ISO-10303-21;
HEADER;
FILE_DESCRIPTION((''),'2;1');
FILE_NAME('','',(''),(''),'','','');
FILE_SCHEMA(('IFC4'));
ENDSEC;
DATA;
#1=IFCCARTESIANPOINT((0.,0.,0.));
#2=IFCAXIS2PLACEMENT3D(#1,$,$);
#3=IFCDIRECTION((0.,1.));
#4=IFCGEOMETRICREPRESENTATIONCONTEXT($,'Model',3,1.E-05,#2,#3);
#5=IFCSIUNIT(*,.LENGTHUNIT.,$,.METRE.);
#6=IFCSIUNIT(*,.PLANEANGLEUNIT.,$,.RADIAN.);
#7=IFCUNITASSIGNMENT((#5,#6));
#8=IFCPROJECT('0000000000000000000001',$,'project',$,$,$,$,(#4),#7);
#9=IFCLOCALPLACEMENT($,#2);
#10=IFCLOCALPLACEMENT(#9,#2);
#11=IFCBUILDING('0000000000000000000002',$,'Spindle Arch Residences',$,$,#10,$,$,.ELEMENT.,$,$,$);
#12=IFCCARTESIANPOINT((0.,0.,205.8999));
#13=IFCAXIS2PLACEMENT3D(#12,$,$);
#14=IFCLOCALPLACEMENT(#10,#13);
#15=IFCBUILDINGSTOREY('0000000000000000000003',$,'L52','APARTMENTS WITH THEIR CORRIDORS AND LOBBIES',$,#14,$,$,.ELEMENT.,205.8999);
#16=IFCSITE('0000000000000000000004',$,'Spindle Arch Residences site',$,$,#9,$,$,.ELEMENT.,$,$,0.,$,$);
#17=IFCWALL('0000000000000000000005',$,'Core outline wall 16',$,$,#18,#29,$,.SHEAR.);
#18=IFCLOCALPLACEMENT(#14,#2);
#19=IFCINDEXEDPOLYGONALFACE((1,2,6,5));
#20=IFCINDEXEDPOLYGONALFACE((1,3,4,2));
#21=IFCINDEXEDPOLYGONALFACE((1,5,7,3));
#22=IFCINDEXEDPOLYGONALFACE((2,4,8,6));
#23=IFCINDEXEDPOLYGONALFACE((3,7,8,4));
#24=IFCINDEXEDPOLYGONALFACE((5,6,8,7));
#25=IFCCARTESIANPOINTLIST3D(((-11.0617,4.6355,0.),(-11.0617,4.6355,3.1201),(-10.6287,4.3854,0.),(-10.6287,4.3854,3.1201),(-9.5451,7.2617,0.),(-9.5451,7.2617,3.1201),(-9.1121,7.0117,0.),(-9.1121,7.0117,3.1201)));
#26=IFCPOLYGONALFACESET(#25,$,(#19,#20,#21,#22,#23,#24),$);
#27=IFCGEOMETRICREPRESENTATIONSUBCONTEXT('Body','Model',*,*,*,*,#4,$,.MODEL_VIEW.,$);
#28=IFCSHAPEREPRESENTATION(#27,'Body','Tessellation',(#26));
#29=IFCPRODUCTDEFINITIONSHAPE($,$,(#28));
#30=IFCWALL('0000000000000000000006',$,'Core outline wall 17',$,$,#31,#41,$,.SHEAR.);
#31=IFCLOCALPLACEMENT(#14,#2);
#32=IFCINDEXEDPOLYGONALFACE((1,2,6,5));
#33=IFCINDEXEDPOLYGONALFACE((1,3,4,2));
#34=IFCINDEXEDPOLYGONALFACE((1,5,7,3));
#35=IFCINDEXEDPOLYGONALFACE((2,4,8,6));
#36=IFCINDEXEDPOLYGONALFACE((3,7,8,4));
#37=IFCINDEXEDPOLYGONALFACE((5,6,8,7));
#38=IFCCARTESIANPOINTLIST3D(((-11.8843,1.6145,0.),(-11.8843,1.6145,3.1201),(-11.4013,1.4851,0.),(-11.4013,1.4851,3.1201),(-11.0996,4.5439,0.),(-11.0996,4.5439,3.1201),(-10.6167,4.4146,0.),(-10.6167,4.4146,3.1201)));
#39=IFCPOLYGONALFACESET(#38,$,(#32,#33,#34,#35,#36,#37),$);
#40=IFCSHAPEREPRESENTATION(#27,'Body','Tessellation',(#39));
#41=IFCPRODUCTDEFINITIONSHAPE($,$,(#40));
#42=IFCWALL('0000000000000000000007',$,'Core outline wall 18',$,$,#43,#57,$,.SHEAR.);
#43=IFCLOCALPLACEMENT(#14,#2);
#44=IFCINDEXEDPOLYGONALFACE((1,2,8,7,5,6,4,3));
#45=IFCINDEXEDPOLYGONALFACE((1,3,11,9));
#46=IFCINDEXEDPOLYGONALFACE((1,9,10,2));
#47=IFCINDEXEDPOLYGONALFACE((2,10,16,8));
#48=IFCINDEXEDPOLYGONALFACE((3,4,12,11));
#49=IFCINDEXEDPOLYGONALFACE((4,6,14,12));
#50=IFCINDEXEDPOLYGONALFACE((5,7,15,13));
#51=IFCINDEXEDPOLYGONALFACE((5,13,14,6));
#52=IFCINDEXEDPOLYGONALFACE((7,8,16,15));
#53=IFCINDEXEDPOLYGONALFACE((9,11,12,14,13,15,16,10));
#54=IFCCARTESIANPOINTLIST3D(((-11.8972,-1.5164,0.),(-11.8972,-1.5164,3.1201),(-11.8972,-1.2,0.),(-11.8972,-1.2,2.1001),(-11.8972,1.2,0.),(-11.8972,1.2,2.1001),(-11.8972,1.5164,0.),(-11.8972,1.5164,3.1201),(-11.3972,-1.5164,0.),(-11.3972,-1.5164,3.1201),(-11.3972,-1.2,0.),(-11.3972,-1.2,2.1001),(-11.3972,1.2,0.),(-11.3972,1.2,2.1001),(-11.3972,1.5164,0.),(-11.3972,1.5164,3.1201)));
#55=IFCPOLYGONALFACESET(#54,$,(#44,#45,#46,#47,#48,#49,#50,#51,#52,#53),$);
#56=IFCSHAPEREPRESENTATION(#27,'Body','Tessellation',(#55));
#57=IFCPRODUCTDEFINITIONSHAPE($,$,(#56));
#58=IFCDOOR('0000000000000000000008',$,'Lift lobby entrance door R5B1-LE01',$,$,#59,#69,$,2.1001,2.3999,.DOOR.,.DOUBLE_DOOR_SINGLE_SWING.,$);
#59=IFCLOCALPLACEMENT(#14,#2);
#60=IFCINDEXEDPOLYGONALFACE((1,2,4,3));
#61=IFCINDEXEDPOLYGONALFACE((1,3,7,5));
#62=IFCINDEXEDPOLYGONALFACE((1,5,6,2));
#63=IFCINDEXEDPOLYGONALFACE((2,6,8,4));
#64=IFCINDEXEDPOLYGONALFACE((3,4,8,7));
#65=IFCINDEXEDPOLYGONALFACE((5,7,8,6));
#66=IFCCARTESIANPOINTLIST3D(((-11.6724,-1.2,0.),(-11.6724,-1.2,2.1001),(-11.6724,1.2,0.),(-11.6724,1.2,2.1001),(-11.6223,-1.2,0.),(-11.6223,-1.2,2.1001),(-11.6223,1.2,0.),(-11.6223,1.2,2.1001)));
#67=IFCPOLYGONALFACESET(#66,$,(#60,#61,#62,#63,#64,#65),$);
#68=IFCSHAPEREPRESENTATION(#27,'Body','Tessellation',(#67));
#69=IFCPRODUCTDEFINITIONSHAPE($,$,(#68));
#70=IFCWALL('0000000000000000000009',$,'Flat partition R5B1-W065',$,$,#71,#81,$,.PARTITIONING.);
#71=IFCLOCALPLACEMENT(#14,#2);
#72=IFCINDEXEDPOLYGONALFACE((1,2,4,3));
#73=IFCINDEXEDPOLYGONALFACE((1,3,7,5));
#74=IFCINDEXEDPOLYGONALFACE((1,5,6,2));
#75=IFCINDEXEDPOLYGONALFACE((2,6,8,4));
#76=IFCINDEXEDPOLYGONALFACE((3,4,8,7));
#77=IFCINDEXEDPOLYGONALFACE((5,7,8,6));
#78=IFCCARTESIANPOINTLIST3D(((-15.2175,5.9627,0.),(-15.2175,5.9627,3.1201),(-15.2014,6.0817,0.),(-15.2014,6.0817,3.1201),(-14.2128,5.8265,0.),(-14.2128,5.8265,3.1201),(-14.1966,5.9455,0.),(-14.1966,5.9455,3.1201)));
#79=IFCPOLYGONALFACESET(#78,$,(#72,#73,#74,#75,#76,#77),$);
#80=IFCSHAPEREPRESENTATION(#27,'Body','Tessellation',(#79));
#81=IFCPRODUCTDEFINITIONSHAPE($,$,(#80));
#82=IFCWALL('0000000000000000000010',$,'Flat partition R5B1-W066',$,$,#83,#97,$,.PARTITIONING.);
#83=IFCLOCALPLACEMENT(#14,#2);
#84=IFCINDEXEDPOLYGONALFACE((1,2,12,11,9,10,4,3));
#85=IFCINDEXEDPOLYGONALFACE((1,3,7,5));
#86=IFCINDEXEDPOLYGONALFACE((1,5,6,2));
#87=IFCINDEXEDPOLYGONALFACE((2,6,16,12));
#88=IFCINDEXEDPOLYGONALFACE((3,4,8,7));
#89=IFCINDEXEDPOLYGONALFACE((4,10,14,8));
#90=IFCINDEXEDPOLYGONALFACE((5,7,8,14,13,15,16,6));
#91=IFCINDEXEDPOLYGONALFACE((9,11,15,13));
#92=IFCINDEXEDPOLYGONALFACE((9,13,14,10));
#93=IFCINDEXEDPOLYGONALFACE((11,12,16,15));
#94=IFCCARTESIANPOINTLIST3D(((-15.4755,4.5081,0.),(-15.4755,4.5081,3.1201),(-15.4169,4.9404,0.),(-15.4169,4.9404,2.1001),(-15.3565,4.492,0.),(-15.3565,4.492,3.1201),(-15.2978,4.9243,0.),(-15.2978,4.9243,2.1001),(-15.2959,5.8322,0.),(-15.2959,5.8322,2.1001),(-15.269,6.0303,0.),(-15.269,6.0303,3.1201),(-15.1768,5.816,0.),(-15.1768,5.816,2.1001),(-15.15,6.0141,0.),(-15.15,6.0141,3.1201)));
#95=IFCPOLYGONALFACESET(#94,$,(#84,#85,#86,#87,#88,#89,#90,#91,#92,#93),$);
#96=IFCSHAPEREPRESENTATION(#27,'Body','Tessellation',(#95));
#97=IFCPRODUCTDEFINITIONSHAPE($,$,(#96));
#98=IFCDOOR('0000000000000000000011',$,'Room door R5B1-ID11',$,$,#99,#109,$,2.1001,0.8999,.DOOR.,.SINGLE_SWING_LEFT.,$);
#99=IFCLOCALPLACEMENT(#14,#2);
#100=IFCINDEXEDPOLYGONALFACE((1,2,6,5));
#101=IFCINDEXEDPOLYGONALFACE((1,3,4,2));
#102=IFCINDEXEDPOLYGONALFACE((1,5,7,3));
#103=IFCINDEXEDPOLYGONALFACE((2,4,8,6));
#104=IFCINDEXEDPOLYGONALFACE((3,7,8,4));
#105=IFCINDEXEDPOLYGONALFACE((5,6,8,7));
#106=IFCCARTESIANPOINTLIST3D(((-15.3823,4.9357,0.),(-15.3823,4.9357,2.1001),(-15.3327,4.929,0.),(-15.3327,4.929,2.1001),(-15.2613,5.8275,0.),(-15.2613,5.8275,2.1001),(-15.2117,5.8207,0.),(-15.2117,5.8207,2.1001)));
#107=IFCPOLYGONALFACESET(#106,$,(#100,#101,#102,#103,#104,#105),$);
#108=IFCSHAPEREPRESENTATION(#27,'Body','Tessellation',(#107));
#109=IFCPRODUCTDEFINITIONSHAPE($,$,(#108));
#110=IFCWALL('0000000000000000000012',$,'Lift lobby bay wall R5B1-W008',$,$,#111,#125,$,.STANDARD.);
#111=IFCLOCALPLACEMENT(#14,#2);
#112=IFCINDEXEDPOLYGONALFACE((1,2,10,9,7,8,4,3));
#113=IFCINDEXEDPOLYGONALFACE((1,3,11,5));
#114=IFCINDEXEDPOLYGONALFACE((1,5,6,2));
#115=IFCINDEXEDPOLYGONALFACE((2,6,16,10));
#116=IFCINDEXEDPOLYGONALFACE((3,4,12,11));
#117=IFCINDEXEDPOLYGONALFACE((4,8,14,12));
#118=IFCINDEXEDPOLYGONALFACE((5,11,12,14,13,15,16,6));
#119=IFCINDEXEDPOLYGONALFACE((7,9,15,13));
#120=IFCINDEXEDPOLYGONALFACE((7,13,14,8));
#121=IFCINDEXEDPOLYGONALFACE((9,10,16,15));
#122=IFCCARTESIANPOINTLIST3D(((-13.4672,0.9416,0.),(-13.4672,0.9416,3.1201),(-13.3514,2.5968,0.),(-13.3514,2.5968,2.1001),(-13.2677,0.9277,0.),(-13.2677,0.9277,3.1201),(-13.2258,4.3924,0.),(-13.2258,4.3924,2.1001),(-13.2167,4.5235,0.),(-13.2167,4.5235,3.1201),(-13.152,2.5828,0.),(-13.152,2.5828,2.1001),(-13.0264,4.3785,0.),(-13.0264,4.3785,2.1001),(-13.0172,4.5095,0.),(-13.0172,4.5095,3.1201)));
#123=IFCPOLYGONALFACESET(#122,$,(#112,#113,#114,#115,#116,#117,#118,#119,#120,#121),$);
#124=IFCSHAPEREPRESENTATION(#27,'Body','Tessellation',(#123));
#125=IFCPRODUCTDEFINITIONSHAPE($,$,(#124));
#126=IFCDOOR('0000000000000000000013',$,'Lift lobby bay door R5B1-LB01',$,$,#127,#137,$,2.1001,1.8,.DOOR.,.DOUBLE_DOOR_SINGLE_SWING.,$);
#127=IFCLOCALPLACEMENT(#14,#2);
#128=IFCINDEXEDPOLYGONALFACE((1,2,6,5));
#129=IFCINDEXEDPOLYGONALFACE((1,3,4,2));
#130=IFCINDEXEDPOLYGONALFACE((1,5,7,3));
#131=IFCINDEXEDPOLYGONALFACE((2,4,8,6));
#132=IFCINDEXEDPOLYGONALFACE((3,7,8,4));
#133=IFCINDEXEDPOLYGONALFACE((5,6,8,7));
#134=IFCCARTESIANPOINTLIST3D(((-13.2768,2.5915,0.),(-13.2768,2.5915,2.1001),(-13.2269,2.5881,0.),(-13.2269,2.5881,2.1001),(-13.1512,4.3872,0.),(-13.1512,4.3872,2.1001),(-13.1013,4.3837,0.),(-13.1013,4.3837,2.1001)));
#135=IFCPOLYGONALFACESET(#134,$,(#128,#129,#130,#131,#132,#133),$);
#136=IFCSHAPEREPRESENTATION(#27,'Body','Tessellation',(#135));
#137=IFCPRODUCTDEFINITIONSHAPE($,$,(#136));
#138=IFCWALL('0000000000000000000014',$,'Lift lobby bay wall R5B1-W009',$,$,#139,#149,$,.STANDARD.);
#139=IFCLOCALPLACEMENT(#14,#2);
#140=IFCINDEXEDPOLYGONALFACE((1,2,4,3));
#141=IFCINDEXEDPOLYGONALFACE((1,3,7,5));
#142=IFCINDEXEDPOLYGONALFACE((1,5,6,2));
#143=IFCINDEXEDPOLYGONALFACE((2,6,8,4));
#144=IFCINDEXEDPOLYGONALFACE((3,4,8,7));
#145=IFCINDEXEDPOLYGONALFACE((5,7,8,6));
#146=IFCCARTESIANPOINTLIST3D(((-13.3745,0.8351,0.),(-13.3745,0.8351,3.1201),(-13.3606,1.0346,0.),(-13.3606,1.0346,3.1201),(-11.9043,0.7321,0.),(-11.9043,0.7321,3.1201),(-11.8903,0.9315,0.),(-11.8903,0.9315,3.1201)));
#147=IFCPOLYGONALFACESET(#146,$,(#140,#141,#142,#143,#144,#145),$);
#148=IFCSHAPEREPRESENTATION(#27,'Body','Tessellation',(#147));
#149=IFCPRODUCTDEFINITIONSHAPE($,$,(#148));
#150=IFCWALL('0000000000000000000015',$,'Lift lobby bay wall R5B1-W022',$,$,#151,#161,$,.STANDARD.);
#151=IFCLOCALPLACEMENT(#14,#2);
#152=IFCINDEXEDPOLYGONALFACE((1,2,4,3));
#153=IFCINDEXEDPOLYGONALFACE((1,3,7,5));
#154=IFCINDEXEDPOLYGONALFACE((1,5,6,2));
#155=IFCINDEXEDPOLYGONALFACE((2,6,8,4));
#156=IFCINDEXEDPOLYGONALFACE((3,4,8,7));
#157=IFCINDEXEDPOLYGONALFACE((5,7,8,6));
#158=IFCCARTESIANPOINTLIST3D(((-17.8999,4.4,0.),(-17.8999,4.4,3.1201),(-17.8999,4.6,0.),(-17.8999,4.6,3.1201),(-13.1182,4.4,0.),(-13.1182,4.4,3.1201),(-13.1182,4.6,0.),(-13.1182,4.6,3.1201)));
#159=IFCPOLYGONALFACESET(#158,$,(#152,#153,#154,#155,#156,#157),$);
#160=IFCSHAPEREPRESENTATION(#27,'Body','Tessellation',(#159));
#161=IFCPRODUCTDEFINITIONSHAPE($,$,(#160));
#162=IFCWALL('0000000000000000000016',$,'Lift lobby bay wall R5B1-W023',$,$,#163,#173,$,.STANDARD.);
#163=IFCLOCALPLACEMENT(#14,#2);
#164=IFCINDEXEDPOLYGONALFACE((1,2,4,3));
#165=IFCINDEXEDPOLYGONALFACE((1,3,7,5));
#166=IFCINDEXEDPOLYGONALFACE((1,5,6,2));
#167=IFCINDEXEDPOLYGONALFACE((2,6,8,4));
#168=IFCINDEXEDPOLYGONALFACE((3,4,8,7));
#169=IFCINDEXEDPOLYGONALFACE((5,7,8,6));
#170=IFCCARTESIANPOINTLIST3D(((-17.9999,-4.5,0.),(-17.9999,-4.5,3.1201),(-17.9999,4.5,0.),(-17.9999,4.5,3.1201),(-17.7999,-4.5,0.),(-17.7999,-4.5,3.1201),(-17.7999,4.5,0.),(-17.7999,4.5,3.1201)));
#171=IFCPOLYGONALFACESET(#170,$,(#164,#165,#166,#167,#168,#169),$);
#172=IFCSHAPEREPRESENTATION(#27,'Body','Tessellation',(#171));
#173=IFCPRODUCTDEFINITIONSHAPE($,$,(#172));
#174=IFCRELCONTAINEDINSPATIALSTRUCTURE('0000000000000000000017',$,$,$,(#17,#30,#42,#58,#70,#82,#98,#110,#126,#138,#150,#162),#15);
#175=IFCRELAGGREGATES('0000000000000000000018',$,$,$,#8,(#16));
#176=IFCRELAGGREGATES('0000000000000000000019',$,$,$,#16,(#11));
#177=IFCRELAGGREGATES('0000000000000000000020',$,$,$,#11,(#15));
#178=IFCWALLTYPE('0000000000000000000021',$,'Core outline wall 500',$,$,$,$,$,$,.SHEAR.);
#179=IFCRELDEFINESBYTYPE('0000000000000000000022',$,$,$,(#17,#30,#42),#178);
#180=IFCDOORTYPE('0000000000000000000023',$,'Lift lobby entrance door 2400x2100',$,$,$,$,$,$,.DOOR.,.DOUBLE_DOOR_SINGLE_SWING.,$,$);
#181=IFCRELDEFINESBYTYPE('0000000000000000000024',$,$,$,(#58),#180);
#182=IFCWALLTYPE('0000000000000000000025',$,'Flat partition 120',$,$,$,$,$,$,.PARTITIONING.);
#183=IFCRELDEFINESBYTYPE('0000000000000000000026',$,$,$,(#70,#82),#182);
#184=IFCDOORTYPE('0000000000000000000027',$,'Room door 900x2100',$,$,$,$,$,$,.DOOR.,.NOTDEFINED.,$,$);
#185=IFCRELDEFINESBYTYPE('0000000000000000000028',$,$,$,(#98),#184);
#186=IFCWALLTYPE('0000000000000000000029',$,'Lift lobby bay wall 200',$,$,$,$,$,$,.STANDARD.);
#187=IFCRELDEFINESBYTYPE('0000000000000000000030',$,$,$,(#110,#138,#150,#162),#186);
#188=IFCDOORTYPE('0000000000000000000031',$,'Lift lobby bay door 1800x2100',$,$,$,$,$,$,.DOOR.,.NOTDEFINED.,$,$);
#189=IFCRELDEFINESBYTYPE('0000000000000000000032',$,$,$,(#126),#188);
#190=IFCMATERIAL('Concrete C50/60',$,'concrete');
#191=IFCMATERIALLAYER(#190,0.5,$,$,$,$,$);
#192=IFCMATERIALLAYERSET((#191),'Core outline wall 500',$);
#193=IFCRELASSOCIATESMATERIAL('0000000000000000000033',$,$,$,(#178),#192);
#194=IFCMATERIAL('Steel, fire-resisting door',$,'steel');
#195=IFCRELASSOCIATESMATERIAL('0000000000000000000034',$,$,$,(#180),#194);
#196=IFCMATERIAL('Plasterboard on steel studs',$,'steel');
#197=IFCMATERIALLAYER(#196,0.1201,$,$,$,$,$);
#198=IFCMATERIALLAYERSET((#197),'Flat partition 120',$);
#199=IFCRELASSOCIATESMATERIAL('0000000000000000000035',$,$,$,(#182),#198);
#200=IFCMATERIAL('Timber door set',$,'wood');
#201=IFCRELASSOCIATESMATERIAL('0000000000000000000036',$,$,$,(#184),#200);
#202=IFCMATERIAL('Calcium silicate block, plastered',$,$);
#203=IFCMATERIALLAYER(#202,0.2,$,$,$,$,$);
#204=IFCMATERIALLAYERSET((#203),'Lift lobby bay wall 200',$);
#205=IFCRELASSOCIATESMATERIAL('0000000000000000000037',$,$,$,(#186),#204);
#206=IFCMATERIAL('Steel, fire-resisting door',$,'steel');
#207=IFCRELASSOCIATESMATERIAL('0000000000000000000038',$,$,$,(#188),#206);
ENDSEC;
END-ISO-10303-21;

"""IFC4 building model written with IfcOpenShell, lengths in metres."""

from ifc_helpers import new_model, si_unit, direction, frame, frame_2d, origin, place, context, subcontext, project, spatial, rectangle, extrude, material, layer, layer_set, type_object, element, fill, save


model = new_model("IFC4")

# Units and contexts
model_context = context("Model", 3, precision=1e-05, world=origin(), true_north=direction((0.0, 1.0)))
body_context = subcontext(model_context, "Body", "Model", "MODEL_VIEW")
ifc_project = project(units=[si_unit("LENGTHUNIT", "METRE"), si_unit("PLANEANGLEUNIT", "RADIAN")], contexts=[model_context])

# Site, building, storey
site_placement = place(None, origin())
site = spatial("IfcSite", under=ifc_project, at=site_placement, Name="Spindle Arch Residences site", CompositionType="ELEMENT", RefElevation=0.0)
building_placement = place(site_placement, origin())
building = spatial("IfcBuilding", under=site, at=building_placement, Name="Spindle Arch Residences", CompositionType="ELEMENT")
storey_placement = place(building_placement, frame((0.0, 0.0, 205.8999)))
storey = spatial("IfcBuildingStorey", under=building, at=storey_placement, Name="L52", Description="APARTMENTS WITH THEIR CORRIDORS AND LOBBIES", CompositionType="ELEMENT", Elevation=205.8999)

# Walls
ifc_material_1 = material(Name="Concrete C50/60", Category="concrete")
ifc_layer_1 = layer(ifc_material_1, 0.5)
ifc_layer_set_1 = layer_set([ifc_layer_1], Name="Core outline wall 500")
wall_type_1 = type_object("IfcWallType", Name="Core outline wall 500", PredefinedType="SHEAR", material=ifc_layer_set_1)
for number, where, z_axis, x_axis, name in (
    (1, (-9.3286, 7.1367, 0.0), (0.0, 0.0, 1.0), (-0.500087, -0.865975, 0.0), "Core outline wall 16"),
    (2, (-10.8582, 4.4792, 0.0), (0.0, 0.0, 1.0), (-0.258735, -0.965948, 0.0), "Core outline wall 17"),
):
    element("IfcWall", number, at=place(storey_placement, frame(where, z_axis=z_axis, x_axis=x_axis)), inside=storey, type_object=wall_type_1, Name=name, PredefinedType="SHEAR", context=body_context, shape_type="SweptSolid", body=[
        extrude(rectangle(XDim=3.0327, YDim=0.5, at=frame_2d((1.5164, 0.0))), origin(), (0.0, 0.0, 1.0), 3.1201),
    ])

# Wall, opening, door
wall_1_placement = place(storey_placement, frame((-11.6472, 1.5164, 0.0), z_axis=(0.0, 0.0, 1.0), x_axis=(0.0, -1.0, 0.0)))
wall_1 = element("IfcWall", 3, at=wall_1_placement, inside=storey, type_object=wall_type_1, Name="Core outline wall 18", PredefinedType="SHEAR", context=body_context, shape_type="SweptSolid", body=[
    extrude(rectangle(XDim=3.0327, YDim=0.5, at=frame_2d((1.5164, 0.0))), origin(), (0.0, 0.0, 1.0), 3.1201),
])
opening_1_placement = place(wall_1_placement, frame((0.3164, 0.0, 0.0)))
opening_1 = element("IfcOpeningElement", 4, at=opening_1_placement, cuts=wall_1, PredefinedType="OPENING", context=body_context, shape_type="SweptSolid", body=[
    extrude(rectangle(XDim=2.3999, YDim=2.1001, at=frame_2d((1.2, 1.05))), frame((0.0, 0.26, 0.0), z_axis=(0.0, -1.0, 0.0), x_axis=(1.0, 0.0, 0.0)), (0.0, 0.0, 1.0), 0.52),
])
ifc_material_2 = material(Name="Steel, fire-resisting door", Category="steel")
door_type_1 = type_object("IfcDoorType", Name="Lift lobby entrance door 2400x2100", OperationType="DOUBLE_DOOR_SINGLE_SWING", PredefinedType="DOOR", material=ifc_material_2)
door_1_placement = place(opening_1_placement, origin())
door_1 = element("IfcDoor", 5, at=door_1_placement, inside=storey, type_object=door_type_1, Name="Lift lobby entrance door R5B1-LE01", OperationType="DOUBLE_DOOR_SINGLE_SWING", OverallHeight=2.1001, OverallWidth=2.3999, PredefinedType="DOOR", context=body_context, shape_type="SweptSolid", body=[
    extrude(rectangle(XDim=2.3999, YDim=2.1001, at=frame_2d((1.2, 1.05))), frame((0.0, 0.0249, 0.0), z_axis=(0.0, -1.0, 0.0), x_axis=(1.0, 0.0, 0.0)), (0.0, 0.0, 1.0), 0.05),
])
fill(opening_1, door_1)

# Wall
ifc_material_3 = material(Name="Plasterboard on steel studs", Category="steel")
ifc_layer_2 = layer(ifc_material_3, 0.1201)
ifc_layer_set_2 = layer_set([ifc_layer_2], Name="Flat partition 120")
wall_type_2 = type_object("IfcWallType", Name="Flat partition 120", PredefinedType="PARTITIONING", material=ifc_layer_set_2)
wall_2_placement = place(storey_placement, frame((-14.2048, 5.886, 0.0), z_axis=(0.0, 0.0, 1.0), x_axis=(-0.990931, 0.134372, 0.0)))
element("IfcWall", 6, at=wall_2_placement, inside=storey, type_object=wall_type_2, Name="Flat partition R5B1-W065", PredefinedType="PARTITIONING", context=body_context, shape_type="SweptSolid", body=[
    extrude(rectangle(XDim=1.0139, YDim=0.1201, at=frame_2d((0.5068, 0.0))), origin(), (0.0, 0.0, 1.0), 3.1201),
])

# Walls, openings, doors
wall_3_placement = place(storey_placement, frame((-15.2095, 6.0222, 0.0), z_axis=(0.0, 0.0, 1.0), x_axis=(-0.134454, -0.99092, 0.0)))
wall_3 = element("IfcWall", 7, at=wall_3_placement, inside=storey, type_object=wall_type_2, Name="Flat partition R5B1-W066", PredefinedType="PARTITIONING", context=body_context, shape_type="SweptSolid", body=[
    extrude(rectangle(XDim=1.5361, YDim=0.1201, at=frame_2d((0.7681, 0.0))), origin(), (0.0, 0.0, 1.0), 3.1201),
])
opening_2_placement = place(wall_3_placement, frame((0.2, 0.0, 0.0)))
opening_2 = element("IfcOpeningElement", 8, at=opening_2_placement, cuts=wall_3, PredefinedType="OPENING", context=body_context, shape_type="SweptSolid", body=[
    extrude(rectangle(XDim=0.8999, YDim=2.1001, at=frame_2d((0.45, 1.05))), frame((0.0, 0.0701, 0.0), z_axis=(0.0, -1.0, 0.0), x_axis=(1.0, 0.0, 0.0)), (0.0, 0.0, 1.0), 0.1401),
])
ifc_material_4 = material(Name="Timber door set", Category="wood")
door_type_2 = type_object("IfcDoorType", Name="Room door 900x2100", OperationType="NOTDEFINED", PredefinedType="DOOR", material=ifc_material_4)
door_2_placement = place(opening_2_placement, origin())
door_2 = element("IfcDoor", 9, at=door_2_placement, inside=storey, type_object=door_type_2, Name="Room door R5B1-ID11", OperationType="SINGLE_SWING_LEFT", OverallHeight=2.1001, OverallWidth=0.8999, PredefinedType="DOOR", context=body_context, shape_type="SweptSolid", body=[
    extrude(rectangle(XDim=0.8999, YDim=2.1001, at=frame_2d((0.45, 1.05))), frame((0.0, 0.0249, 0.0), z_axis=(0.0, -1.0, 0.0), x_axis=(1.0, 0.0, 0.0)), (0.0, 0.0, 1.0), 0.05),
])
fill(opening_2, door_2)
ifc_material_5 = material(Name="Calcium silicate block, plastered")
ifc_layer_3 = layer(ifc_material_5, 0.2)
ifc_layer_set_3 = layer_set([ifc_layer_3], Name="Lift lobby bay wall 200")
wall_type_3 = type_object("IfcWallType", Name="Lift lobby bay wall 200", PredefinedType="STANDARD", material=ifc_layer_set_3)
wall_4_placement = place(storey_placement, frame((-13.1169, 4.5166, 0.0), z_axis=(0.0, 0.0, 1.0), x_axis=(-0.069763, -0.997564, 0.0)))
wall_4 = element("IfcWall", 10, at=wall_4_placement, inside=storey, type_object=wall_type_3, Name="Lift lobby bay wall R5B1-W008", PredefinedType="STANDARD", context=body_context, shape_type="SweptSolid", body=[
    extrude(rectangle(XDim=3.5906, YDim=0.2, at=frame_2d((1.7954, 0.0))), origin(), (0.0, 0.0, 1.0), 3.1201),
])
opening_3_placement = place(wall_4_placement, frame((0.1316, 0.0, 0.0)))
opening_3 = element("IfcOpeningElement", 11, at=opening_3_placement, cuts=wall_4, PredefinedType="OPENING", context=body_context, shape_type="SweptSolid", body=[
    extrude(rectangle(XDim=1.8, YDim=2.1001, at=frame_2d((0.8999, 1.05))), frame((0.0, 0.1099, 0.0), z_axis=(0.0, -1.0, 0.0), x_axis=(1.0, 0.0, 0.0)), (0.0, 0.0, 1.0), 0.22),
])
ifc_material_6 = material(Name="Steel, fire-resisting door", Category="steel")
door_type_3 = type_object("IfcDoorType", Name="Lift lobby bay door 1800x2100", OperationType="NOTDEFINED", PredefinedType="DOOR", material=ifc_material_6)
door_3_placement = place(opening_3_placement, origin())
door_3 = element("IfcDoor", 12, at=door_3_placement, inside=storey, type_object=door_type_3, Name="Lift lobby bay door R5B1-LB01", OperationType="DOUBLE_DOOR_SINGLE_SWING", OverallHeight=2.1001, OverallWidth=1.8, PredefinedType="DOOR", context=body_context, shape_type="SweptSolid", body=[
    extrude(rectangle(XDim=1.8, YDim=2.1001, at=frame_2d((0.8999, 1.05))), frame((0.0, 0.0249, 0.0), z_axis=(0.0, -1.0, 0.0), x_axis=(1.0, 0.0, 0.0)), (0.0, 0.0, 1.0), 0.05),
])
fill(opening_3, door_3)

# Walls
wall_5_placement = place(storey_placement, frame((-13.3674, 0.9348, 0.0), z_axis=(0.0, 0.0, 1.0), x_axis=(0.997554, -0.069905, 0.0)))
element("IfcWall", 13, at=wall_5_placement, inside=storey, type_object=wall_type_3, Name="Lift lobby bay wall R5B1-W009", PredefinedType="STANDARD", context=body_context, shape_type="SweptSolid", body=[
    extrude(rectangle(XDim=1.4739, YDim=0.2, at=frame_2d((0.7368, 0.0))), origin(), (0.0, 0.0, 1.0), 3.1201),
])
wall_6_placement = place(storey_placement, frame((-13.1182, 4.5, 0.0), z_axis=(0.0, 0.0, 1.0), x_axis=(-1.0, 0.0, 0.0)))
element("IfcWall", 14, at=wall_6_placement, inside=storey, type_object=wall_type_3, Name="Lift lobby bay wall R5B1-W022", PredefinedType="STANDARD", context=body_context, shape_type="SweptSolid", body=[
    extrude(rectangle(XDim=4.7817, YDim=0.2, at=frame_2d((2.3909, 0.0))), origin(), (0.0, 0.0, 1.0), 3.1201),
])
wall_7_placement = place(storey_placement, frame((-17.8999, 4.5, 0.0), z_axis=(0.0, 0.0, 1.0), x_axis=(0.0, -1.0, 0.0)))
element("IfcWall", 15, at=wall_7_placement, inside=storey, type_object=wall_type_3, Name="Lift lobby bay wall R5B1-W023", PredefinedType="STANDARD", context=body_context, shape_type="SweptSolid", body=[
    extrude(rectangle(XDim=9.0, YDim=0.2, at=frame_2d((4.5, 0.0))), origin(), (0.0, 0.0, 1.0), 3.1201),
])

save(model, "model.ifc")
